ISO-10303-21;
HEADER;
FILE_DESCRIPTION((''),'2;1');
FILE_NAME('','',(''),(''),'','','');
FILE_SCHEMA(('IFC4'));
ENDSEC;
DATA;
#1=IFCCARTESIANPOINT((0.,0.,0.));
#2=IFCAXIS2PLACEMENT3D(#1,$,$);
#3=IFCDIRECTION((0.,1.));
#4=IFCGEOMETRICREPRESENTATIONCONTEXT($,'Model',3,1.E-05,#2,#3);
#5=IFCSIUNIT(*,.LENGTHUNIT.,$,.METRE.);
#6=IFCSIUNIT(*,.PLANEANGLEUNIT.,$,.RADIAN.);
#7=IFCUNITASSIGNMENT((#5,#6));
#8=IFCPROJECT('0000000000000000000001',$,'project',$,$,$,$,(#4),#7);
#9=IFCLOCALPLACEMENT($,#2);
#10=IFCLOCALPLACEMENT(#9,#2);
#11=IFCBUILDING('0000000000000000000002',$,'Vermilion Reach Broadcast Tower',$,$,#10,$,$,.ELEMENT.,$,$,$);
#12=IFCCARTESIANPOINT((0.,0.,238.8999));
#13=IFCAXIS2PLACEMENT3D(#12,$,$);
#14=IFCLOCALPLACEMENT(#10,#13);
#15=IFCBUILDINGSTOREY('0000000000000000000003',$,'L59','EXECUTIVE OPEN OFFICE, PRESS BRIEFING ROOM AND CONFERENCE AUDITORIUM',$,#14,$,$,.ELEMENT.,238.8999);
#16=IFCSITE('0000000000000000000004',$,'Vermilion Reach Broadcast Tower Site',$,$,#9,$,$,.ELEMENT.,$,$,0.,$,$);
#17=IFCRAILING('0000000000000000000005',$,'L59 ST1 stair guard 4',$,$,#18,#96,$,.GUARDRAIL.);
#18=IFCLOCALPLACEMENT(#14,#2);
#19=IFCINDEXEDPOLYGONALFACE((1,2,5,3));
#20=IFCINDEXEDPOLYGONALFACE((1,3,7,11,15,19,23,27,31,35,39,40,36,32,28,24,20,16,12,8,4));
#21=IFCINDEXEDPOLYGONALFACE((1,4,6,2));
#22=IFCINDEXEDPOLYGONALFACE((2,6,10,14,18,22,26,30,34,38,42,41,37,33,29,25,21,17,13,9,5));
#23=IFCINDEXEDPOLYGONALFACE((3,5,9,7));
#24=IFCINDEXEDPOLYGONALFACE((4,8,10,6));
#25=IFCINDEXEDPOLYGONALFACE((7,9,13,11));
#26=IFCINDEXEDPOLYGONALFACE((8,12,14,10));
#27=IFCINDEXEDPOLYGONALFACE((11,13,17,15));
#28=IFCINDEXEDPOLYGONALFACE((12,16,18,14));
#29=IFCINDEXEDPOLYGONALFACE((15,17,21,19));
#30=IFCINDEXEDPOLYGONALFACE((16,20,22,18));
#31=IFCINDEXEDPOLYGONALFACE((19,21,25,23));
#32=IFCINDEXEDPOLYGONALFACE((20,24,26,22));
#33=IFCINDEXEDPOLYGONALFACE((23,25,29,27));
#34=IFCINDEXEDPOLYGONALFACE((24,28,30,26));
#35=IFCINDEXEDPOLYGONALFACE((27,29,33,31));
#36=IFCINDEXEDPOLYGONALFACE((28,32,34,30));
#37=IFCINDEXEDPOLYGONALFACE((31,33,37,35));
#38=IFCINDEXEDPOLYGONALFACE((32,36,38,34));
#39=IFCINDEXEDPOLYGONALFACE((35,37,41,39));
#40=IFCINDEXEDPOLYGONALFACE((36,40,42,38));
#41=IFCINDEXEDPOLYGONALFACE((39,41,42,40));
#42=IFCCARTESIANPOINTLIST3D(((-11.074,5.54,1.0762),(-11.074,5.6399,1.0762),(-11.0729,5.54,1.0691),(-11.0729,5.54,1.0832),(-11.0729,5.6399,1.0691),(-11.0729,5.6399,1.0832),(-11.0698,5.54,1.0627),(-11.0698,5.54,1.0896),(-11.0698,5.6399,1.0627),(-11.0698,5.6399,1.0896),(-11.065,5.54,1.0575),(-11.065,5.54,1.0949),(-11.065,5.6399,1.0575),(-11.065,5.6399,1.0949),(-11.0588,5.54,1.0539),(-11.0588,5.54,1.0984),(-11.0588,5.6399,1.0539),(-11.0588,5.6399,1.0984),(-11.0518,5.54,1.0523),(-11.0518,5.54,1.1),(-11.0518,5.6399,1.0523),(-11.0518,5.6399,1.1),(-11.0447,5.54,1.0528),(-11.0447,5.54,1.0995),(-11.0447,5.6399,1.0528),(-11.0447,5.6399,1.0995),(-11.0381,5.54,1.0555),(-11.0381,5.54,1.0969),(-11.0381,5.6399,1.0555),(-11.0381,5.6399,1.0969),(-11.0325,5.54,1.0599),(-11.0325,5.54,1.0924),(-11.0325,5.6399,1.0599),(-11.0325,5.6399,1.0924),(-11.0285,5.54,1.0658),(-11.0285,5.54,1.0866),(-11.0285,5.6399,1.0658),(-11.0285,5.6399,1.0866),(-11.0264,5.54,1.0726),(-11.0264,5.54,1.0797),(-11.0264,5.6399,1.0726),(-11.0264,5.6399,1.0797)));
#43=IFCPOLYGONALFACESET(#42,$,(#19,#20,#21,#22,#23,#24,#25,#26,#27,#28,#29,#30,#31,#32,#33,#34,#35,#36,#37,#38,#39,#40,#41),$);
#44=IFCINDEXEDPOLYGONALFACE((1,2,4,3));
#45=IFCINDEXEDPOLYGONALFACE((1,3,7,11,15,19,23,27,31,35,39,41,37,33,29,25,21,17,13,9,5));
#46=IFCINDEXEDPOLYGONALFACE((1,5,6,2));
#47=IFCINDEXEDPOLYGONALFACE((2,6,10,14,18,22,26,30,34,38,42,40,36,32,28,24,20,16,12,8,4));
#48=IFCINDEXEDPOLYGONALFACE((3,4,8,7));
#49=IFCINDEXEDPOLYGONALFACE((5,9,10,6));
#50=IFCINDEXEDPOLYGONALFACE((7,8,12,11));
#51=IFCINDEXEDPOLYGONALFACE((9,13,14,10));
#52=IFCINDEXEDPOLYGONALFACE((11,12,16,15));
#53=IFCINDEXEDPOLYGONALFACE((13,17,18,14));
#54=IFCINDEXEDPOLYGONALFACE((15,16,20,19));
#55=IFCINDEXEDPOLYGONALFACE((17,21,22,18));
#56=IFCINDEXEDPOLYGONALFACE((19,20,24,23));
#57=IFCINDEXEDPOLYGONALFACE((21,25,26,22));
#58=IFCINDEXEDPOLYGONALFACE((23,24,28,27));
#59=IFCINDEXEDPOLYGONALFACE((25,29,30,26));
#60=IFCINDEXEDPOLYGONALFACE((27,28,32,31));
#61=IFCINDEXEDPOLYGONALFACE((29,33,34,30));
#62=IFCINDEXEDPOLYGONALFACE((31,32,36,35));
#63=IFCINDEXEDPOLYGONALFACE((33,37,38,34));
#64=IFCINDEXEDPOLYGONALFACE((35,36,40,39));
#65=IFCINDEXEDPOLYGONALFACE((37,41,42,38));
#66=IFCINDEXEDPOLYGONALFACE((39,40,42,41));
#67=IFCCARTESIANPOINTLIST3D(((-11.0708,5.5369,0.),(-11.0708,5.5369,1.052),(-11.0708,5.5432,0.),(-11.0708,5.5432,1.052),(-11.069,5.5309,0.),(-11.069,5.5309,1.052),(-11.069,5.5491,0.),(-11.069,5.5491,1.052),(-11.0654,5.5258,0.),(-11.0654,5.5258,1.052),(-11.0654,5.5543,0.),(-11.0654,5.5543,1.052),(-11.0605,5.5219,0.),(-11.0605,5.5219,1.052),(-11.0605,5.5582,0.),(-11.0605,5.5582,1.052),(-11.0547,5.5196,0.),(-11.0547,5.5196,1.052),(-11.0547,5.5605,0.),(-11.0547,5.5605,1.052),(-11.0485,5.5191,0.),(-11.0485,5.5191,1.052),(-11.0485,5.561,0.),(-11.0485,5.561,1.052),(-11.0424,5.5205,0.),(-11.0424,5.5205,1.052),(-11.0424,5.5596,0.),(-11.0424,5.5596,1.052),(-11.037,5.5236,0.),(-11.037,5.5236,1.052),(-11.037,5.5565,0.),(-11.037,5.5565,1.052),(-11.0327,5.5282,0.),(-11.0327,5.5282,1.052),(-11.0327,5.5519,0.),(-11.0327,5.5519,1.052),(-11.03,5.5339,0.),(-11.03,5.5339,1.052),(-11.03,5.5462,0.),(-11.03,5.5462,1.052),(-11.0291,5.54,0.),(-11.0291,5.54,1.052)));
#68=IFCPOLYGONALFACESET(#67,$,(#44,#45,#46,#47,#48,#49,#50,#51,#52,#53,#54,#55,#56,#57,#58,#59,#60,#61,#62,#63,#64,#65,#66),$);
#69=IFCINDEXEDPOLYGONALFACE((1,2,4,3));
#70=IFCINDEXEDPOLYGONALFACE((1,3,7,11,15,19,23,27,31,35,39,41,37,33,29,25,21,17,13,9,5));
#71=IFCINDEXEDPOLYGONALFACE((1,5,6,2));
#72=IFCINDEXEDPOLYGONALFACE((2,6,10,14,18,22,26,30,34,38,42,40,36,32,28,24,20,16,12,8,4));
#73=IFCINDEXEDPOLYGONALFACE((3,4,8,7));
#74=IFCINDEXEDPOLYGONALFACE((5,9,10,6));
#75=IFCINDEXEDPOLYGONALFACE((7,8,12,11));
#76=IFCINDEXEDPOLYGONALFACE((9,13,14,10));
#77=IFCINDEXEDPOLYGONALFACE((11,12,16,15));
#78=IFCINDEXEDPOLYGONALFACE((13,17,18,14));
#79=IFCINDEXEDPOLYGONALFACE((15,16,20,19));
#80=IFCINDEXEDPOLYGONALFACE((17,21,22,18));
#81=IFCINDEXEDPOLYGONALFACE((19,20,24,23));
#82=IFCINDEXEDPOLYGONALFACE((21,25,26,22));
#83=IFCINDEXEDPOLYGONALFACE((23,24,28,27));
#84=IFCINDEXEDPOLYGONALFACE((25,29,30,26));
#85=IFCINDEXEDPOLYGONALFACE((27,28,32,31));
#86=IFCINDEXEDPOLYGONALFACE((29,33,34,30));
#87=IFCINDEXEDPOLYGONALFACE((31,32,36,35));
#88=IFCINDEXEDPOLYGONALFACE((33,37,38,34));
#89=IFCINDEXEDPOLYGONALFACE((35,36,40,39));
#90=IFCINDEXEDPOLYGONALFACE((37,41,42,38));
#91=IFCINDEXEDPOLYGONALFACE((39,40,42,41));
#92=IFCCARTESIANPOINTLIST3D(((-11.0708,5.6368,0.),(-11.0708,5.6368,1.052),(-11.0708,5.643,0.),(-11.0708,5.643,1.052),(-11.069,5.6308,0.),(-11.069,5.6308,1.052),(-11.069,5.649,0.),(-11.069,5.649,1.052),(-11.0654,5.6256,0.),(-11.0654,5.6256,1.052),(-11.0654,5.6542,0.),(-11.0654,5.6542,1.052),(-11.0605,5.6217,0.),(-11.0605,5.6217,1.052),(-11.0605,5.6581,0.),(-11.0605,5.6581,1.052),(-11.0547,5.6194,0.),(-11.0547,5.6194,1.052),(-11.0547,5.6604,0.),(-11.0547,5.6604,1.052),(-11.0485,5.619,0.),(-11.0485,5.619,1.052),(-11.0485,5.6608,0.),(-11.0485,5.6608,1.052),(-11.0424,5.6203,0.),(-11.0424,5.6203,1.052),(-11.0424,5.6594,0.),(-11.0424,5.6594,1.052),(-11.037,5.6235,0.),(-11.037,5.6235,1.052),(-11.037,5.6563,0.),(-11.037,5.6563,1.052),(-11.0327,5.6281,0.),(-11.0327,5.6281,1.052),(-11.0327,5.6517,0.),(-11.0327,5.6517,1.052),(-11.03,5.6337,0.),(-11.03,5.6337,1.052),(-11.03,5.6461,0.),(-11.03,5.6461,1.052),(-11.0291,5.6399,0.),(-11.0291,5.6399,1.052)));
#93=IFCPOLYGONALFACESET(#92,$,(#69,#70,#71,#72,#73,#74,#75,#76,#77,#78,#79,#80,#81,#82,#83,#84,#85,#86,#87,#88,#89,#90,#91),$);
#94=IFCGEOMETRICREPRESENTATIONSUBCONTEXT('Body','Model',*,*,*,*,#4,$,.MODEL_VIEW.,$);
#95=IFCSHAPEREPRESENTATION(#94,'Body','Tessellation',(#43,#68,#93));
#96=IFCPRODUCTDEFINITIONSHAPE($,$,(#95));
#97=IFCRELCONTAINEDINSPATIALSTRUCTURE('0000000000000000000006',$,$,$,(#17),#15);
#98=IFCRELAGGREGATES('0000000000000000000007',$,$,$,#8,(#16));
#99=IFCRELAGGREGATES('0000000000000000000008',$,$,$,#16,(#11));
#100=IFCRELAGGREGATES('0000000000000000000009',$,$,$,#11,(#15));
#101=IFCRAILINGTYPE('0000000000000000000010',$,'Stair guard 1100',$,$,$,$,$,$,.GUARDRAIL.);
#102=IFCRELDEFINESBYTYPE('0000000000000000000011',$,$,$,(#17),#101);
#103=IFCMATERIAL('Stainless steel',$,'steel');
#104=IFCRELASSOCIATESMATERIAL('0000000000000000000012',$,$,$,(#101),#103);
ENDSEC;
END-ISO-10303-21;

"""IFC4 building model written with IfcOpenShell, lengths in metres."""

from ifc_helpers import new_model, si_unit, direction, frame, origin, origin_2d, place, context, subcontext, project, spatial, circle, extrude, material, type_object, element, save


model = new_model("IFC4")

# Units and contexts
model_context = context("Model", 3, precision=1e-05, world=origin(), true_north=direction((0.0, 1.0)))
body_context = subcontext(model_context, "Body", "Model", "MODEL_VIEW")
ifc_project = project(units=[si_unit("LENGTHUNIT", "METRE"), si_unit("PLANEANGLEUNIT", "RADIAN")], contexts=[model_context])

# Site, building, storey
site_placement = place(None, origin())
site = spatial("IfcSite", under=ifc_project, at=site_placement, Name="Vermilion Reach Broadcast Tower Site", CompositionType="ELEMENT", RefElevation=0.0)
building_placement = place(site_placement, origin())
building = spatial("IfcBuilding", under=site, at=building_placement, Name="Vermilion Reach Broadcast Tower", CompositionType="ELEMENT")
storey_placement = place(building_placement, frame((0.0, 0.0, 238.8999)))
storey = spatial("IfcBuildingStorey", under=building, at=storey_placement, Name="L59", Description="EXECUTIVE OPEN OFFICE, PRESS BRIEFING ROOM AND CONFERENCE AUDITORIUM", CompositionType="ELEMENT", Elevation=238.8999)

# Railing
ifc_material_1 = material(Name="Stainless steel", Category="steel")
railing_type_1 = type_object("IfcRailingType", Name="Stair guard 1100", PredefinedType="GUARDRAIL", material=ifc_material_1)
railing_1_placement = place(storey_placement, frame((-11.05, 5.54, 0.0)))
element("IfcRailing", 1, at=railing_1_placement, inside=storey, type_object=railing_type_1, Name="L59 ST1 stair guard 4", PredefinedType="GUARDRAIL", context=body_context, shape_type="SweptSolid", body=[
    extrude(circle(Radius=0.0239, at=origin_2d()), frame((0.0, 0.0, 1.0762), z_axis=(0.0, 1.0, 0.0), x_axis=(-1.0, 0.0, 0.0)), (0.0, 0.0, 1.0), 0.0999),
    extrude(circle(Radius=0.021, at=origin_2d()), origin(), (0.0, 0.0, 1.0), 1.052),
    extrude(circle(Radius=0.021, at=origin_2d()), frame((0.0, 0.0999, 0.0)), (0.0, 0.0, 1.0), 1.052),
])

save(model, "model.ifc")
